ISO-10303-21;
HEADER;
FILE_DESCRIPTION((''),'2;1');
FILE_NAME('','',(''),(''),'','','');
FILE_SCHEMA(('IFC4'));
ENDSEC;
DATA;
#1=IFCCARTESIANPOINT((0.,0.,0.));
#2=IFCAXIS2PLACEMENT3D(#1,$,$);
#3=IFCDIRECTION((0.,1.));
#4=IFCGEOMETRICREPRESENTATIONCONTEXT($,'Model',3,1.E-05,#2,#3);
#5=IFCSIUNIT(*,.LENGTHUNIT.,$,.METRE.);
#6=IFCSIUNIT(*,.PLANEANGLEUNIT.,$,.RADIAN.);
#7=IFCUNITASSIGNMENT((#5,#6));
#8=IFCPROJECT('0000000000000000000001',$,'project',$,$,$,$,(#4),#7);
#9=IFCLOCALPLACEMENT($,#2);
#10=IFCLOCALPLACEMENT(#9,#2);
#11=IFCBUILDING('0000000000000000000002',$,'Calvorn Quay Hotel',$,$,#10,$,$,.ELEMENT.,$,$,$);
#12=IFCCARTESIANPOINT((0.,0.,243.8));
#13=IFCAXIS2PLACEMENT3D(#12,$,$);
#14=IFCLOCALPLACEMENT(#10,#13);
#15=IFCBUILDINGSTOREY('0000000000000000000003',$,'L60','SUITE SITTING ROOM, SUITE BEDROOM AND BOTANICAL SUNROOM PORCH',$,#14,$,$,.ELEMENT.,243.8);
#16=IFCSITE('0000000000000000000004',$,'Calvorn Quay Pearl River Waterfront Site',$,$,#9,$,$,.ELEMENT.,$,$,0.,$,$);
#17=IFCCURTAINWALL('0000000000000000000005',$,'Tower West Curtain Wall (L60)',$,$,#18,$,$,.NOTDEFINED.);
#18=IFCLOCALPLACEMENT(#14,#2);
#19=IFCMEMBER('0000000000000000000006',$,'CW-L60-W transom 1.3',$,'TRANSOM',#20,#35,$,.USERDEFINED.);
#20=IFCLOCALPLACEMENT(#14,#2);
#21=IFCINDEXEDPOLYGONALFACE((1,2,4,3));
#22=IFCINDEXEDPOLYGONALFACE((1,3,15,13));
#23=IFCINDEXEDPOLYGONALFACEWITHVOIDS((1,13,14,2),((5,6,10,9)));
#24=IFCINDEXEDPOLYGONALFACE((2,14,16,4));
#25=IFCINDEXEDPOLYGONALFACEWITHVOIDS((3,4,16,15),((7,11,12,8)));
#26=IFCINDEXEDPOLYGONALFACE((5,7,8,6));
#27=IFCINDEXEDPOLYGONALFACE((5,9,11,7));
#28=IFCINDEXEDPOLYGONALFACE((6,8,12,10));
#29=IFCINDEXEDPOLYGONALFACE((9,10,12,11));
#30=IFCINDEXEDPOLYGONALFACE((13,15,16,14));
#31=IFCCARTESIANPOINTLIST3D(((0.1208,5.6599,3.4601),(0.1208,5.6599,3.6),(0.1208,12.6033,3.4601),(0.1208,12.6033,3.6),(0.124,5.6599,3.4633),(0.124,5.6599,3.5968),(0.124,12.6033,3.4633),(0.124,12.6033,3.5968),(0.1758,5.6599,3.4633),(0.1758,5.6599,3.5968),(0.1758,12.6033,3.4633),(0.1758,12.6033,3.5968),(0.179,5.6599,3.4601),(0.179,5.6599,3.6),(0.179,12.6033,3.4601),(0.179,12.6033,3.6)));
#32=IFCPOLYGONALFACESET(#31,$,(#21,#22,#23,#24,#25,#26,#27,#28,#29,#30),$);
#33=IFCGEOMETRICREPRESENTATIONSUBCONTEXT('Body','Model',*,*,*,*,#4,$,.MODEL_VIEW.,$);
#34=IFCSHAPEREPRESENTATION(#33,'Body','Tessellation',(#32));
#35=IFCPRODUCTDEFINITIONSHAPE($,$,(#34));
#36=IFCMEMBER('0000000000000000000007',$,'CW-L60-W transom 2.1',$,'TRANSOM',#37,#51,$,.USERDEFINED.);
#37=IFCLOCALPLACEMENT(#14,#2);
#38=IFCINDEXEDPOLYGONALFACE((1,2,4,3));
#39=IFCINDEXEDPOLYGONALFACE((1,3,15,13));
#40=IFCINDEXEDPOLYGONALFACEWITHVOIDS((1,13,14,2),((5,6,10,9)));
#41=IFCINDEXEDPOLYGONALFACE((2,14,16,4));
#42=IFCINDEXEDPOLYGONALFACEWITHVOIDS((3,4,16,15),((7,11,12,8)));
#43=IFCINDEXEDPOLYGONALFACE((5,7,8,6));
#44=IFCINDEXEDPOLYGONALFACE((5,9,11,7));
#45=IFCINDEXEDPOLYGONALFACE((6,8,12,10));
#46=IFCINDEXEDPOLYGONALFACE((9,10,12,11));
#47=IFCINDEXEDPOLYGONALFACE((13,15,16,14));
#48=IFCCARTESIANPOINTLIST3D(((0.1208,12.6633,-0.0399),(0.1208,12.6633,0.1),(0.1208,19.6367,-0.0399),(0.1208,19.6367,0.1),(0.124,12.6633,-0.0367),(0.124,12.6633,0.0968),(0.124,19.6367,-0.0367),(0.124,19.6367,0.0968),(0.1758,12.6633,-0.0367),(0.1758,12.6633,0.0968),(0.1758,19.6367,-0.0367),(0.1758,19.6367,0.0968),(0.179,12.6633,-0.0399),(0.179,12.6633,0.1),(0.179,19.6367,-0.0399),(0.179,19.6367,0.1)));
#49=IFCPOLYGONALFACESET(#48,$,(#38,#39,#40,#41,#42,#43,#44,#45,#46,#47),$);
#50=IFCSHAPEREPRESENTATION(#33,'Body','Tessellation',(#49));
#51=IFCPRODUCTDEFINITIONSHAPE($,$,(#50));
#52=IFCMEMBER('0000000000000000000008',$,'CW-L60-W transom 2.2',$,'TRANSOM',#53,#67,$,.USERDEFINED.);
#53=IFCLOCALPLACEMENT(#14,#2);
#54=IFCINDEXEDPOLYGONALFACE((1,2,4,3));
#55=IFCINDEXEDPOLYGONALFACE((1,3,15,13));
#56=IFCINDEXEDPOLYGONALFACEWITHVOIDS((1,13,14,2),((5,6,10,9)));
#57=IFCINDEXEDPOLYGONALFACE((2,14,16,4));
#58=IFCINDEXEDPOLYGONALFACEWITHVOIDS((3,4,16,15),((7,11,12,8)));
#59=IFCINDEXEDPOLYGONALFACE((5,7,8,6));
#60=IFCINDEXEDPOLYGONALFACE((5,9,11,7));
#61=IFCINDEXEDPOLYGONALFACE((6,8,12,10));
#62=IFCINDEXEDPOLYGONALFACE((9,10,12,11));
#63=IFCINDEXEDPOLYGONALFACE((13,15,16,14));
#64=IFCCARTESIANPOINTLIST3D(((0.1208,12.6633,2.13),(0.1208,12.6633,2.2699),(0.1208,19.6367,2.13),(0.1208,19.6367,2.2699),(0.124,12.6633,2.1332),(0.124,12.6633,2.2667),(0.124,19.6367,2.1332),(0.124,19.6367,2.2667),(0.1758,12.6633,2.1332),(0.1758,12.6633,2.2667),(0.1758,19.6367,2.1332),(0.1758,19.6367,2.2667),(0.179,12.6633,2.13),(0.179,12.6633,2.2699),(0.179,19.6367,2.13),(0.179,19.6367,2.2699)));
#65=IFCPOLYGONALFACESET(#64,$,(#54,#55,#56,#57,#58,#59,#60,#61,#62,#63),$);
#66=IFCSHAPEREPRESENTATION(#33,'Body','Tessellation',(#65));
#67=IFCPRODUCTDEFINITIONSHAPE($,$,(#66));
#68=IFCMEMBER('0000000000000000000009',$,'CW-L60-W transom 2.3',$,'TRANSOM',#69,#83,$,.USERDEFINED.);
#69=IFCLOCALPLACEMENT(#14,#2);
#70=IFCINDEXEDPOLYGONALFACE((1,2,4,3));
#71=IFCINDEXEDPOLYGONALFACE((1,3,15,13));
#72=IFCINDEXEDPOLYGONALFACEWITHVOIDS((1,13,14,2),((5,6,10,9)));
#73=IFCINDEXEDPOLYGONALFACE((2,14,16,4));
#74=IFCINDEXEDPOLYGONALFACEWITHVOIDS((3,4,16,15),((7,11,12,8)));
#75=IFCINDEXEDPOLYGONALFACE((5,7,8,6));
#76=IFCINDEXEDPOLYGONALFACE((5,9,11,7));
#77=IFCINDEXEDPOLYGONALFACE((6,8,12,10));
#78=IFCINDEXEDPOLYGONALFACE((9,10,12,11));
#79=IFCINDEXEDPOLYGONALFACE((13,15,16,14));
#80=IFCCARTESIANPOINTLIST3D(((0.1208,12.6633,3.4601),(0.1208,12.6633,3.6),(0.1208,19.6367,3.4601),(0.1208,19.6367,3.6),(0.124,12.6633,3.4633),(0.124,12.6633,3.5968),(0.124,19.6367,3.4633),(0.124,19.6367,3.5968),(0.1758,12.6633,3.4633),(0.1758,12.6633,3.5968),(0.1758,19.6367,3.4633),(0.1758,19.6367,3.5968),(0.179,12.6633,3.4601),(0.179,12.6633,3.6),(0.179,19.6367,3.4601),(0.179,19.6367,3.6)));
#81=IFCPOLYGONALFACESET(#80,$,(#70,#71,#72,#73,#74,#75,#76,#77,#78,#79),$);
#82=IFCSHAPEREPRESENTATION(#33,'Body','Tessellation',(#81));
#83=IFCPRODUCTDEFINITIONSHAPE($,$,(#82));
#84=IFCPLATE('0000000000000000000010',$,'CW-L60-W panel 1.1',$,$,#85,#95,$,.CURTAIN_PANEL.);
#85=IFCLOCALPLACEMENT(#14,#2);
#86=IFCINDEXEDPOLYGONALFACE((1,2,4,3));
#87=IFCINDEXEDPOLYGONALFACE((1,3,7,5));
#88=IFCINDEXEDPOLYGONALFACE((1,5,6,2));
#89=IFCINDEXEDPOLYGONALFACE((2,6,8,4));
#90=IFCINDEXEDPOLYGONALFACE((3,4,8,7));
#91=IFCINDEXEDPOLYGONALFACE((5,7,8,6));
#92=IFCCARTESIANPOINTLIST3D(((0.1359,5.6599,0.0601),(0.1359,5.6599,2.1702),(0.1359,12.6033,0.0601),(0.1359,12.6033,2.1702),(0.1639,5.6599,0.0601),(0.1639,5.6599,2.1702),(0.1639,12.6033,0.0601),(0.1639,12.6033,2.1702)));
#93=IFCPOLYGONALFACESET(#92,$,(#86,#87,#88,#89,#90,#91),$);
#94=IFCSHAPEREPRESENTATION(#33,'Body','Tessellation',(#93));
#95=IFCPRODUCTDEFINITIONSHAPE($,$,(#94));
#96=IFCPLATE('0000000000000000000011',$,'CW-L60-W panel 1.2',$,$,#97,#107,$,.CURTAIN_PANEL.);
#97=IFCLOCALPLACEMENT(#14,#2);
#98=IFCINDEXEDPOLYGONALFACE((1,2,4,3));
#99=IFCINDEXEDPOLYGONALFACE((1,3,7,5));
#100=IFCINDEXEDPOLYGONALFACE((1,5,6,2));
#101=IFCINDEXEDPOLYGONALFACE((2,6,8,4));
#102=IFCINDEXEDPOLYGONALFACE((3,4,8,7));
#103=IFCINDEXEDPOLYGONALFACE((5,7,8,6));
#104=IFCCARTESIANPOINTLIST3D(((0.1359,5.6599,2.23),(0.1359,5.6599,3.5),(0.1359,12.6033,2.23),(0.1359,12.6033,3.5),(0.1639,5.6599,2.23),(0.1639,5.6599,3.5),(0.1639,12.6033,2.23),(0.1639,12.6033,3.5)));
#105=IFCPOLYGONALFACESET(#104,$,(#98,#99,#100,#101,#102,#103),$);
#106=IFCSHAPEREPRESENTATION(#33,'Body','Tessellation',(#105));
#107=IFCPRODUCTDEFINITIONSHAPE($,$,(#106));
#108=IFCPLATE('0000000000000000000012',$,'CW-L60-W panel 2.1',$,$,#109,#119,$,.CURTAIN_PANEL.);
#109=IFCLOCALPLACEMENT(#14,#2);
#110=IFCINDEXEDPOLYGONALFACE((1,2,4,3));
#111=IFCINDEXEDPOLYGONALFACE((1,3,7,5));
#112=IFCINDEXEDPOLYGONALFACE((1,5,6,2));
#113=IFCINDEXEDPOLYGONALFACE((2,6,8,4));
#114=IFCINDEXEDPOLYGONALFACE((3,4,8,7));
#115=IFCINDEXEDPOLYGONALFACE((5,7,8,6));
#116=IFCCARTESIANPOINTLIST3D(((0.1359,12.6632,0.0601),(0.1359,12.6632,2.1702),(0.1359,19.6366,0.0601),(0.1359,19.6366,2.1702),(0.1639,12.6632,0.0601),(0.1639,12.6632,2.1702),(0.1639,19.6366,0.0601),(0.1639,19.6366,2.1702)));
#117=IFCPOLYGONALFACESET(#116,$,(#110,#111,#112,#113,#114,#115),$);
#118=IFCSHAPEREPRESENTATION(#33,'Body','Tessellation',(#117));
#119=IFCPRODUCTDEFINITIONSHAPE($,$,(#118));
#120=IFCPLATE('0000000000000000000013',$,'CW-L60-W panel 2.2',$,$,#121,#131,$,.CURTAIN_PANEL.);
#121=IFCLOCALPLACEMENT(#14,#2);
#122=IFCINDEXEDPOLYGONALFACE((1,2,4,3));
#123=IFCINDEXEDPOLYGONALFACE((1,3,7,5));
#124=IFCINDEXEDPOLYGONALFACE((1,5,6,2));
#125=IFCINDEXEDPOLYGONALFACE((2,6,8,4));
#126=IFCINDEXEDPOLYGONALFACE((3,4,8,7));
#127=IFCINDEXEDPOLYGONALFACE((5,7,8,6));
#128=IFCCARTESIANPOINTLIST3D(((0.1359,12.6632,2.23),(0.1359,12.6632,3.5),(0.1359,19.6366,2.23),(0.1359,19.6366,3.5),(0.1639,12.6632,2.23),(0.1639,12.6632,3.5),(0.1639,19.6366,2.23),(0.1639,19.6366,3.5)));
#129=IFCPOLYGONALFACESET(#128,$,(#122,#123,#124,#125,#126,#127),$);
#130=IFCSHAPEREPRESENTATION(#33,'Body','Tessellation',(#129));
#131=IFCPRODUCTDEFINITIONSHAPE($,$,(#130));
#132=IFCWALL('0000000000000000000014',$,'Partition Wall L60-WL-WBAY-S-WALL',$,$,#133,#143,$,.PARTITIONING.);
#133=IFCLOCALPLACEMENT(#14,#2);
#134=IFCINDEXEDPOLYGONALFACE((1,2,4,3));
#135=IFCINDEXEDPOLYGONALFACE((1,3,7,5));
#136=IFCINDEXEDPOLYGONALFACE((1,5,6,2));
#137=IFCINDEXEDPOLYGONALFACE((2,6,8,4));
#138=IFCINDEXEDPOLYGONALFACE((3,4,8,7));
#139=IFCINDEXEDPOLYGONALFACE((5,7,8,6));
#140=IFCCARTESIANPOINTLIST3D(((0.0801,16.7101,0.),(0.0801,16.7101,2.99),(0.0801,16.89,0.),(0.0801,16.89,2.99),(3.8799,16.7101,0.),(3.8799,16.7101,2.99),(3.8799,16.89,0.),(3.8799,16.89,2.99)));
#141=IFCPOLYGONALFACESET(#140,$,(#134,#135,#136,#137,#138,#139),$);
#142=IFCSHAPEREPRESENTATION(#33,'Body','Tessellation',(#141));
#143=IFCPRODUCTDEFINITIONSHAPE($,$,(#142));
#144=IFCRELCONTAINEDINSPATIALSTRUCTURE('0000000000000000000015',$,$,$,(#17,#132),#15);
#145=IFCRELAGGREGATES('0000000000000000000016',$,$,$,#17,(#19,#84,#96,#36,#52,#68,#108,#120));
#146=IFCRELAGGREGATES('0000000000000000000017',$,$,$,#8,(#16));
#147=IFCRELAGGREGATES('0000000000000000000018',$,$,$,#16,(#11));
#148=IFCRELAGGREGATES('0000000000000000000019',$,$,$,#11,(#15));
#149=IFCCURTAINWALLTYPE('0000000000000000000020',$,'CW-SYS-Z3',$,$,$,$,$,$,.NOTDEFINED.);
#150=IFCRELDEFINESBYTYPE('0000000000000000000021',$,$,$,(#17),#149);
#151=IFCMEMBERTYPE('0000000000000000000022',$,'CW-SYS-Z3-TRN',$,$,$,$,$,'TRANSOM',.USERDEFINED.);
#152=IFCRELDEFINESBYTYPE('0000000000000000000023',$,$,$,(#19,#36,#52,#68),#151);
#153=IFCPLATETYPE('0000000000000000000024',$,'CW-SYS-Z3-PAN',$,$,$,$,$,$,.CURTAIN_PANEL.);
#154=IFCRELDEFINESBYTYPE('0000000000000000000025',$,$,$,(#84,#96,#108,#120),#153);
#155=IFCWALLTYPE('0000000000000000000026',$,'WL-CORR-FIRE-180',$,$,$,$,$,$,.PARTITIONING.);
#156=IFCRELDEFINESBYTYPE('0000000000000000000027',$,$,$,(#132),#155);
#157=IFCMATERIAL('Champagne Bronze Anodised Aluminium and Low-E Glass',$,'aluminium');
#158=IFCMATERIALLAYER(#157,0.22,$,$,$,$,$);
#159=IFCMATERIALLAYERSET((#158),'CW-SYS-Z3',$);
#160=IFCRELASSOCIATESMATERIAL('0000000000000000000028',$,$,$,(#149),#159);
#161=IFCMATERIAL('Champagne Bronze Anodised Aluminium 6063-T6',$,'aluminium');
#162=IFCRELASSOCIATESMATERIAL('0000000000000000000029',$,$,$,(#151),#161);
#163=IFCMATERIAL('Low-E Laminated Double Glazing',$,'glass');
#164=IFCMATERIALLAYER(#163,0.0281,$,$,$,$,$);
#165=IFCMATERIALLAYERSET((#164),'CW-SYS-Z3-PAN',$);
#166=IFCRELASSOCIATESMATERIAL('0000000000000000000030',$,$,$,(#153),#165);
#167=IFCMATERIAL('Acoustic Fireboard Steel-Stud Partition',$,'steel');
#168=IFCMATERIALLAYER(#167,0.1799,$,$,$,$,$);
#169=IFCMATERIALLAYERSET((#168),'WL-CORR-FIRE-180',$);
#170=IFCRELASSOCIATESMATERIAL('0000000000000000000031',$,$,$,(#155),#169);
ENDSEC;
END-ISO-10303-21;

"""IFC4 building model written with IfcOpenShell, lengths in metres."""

from ifc_helpers import new_model, si_unit, direction, frame, frame_2d, origin, origin_2d, place, context, subcontext, project, spatial, rectangle, hollow_rectangle, extrude, material, layer, layer_set, material_profile, profile_set, type_object, element, aggregate, save


model = new_model("IFC4")

# Units and contexts
model_context = context("Model", 3, precision=1e-05, world=origin(), true_north=direction((0.0, 1.0)))
body_context = subcontext(model_context, "Body", "Model", "MODEL_VIEW")
ifc_project = project(units=[si_unit("LENGTHUNIT", "METRE"), si_unit("PLANEANGLEUNIT", "RADIAN")], contexts=[model_context])

# Site, building, storey
site_placement = place(None, origin())
site = spatial("IfcSite", under=ifc_project, at=site_placement, Name="Calvorn Quay Pearl River Waterfront Site", CompositionType="ELEMENT", RefElevation=0.0)
building_placement = place(site_placement, origin())
building = spatial("IfcBuilding", under=site, at=building_placement, Name="Calvorn Quay Hotel", CompositionType="ELEMENT")
storey_placement = place(building_placement, frame((0.0, 0.0, 243.8)))
storey = spatial("IfcBuildingStorey", under=building, at=storey_placement, Name="L60", Description="SUITE SITTING ROOM, SUITE BEDROOM AND BOTANICAL SUNROOM PORCH", CompositionType="ELEMENT", Elevation=243.8)

# Curtain wall, members, plates
ifc_material_1 = material(Name="Champagne Bronze Anodised Aluminium and Low-E Glass", Category="aluminium")
ifc_layer_1 = layer(ifc_material_1, 0.22)
ifc_layer_set_1 = layer_set([ifc_layer_1], Name="CW-SYS-Z3")
curtain_wall_type = type_object("IfcCurtainWallType", Name="CW-SYS-Z3", PredefinedType="NOTDEFINED", material=ifc_layer_set_1)
curtain_wall_placement = place(storey_placement, origin())
curtain_wall = element("IfcCurtainWall", 1, at=curtain_wall_placement, inside=storey, type_object=curtain_wall_type, Name="Tower West Curtain Wall (L60)", PredefinedType="NOTDEFINED")
ifc_material_2 = material(Name="Champagne Bronze Anodised Aluminium 6063-T6", Category="aluminium")
ifc_material_profile_1 = material_profile(ifc_material_2, hollow_rectangle(XDim=0.0581, YDim=0.1399, WallThickness=0.0032, at=origin_2d()), Name="ALU-T140x58x3.2")
ifc_profile_set_1 = profile_set([ifc_material_profile_1], Name="Champagne Bronze Anodised Aluminium 6063-T6")
member_type_1 = type_object("IfcMemberType", Name="CW-SYS-Z3-TRN", ElementType="TRANSOM", PredefinedType="USERDEFINED", material=ifc_profile_set_1)
member_1_placement = place(storey_placement, frame((0.1499, 5.6599, 3.53), z_axis=(0.0, 1.0, 0.0), x_axis=(-1.0, 0.0, 0.0)))
member_1 = element("IfcMember", 2, at=member_1_placement, type_object=member_type_1, Name="CW-L60-W transom 1.3", ObjectType="TRANSOM", PredefinedType="USERDEFINED", context=body_context, shape_type="SweptSolid", body=[
    extrude(hollow_rectangle(XDim=0.0581, YDim=0.1399, WallThickness=0.0032, at=origin_2d()), origin(), (0.0, 0.0, 1.0), 6.9434),
])
member_2_placement = place(storey_placement, frame((0.1499, 12.6633, 0.03), z_axis=(0.0, 1.0, 0.0), x_axis=(-1.0, 0.0, 0.0)))
member_2 = element("IfcMember", 3, at=member_2_placement, type_object=member_type_1, Name="CW-L60-W transom 2.1", ObjectType="TRANSOM", PredefinedType="USERDEFINED", context=body_context, shape_type="SweptSolid", body=[
    extrude(hollow_rectangle(XDim=0.0581, YDim=0.1399, WallThickness=0.0032, at=origin_2d()), origin(), (0.0, 0.0, 1.0), 6.9734),
])
member_3_placement = place(storey_placement, frame((0.1499, 12.6633, 2.2), z_axis=(0.0, 1.0, 0.0), x_axis=(-1.0, 0.0, 0.0)))
member_3 = element("IfcMember", 4, at=member_3_placement, type_object=member_type_1, Name="CW-L60-W transom 2.2", ObjectType="TRANSOM", PredefinedType="USERDEFINED", context=body_context, shape_type="SweptSolid", body=[
    extrude(hollow_rectangle(XDim=0.0581, YDim=0.1399, WallThickness=0.0032, at=origin_2d()), origin(), (0.0, 0.0, 1.0), 6.9734),
])
member_4_placement = place(storey_placement, frame((0.1499, 12.6633, 3.53), z_axis=(0.0, 1.0, 0.0), x_axis=(-1.0, 0.0, 0.0)))
member_4 = element("IfcMember", 5, at=member_4_placement, type_object=member_type_1, Name="CW-L60-W transom 2.3", ObjectType="TRANSOM", PredefinedType="USERDEFINED", context=body_context, shape_type="SweptSolid", body=[
    extrude(hollow_rectangle(XDim=0.0581, YDim=0.1399, WallThickness=0.0032, at=origin_2d()), origin(), (0.0, 0.0, 1.0), 6.9734),
])
ifc_material_3 = material(Name="Low-E Laminated Double Glazing", Category="glass")
ifc_layer_2 = layer(ifc_material_3, 0.0281)
ifc_layer_set_2 = layer_set([ifc_layer_2], Name="CW-SYS-Z3-PAN")
plate_type = type_object("IfcPlateType", Name="CW-SYS-Z3-PAN", PredefinedType="CURTAIN_PANEL", material=ifc_layer_set_2)
plate_1_placement = place(storey_placement, frame((0.1499, 9.1316, 0.0601), z_axis=(0.0, 0.0, 1.0), x_axis=(0.0, 1.0, 0.0)))
plate_1 = element("IfcPlate", 6, at=plate_1_placement, type_object=plate_type, Name="CW-L60-W panel 1.1", PredefinedType="CURTAIN_PANEL", context=body_context, shape_type="SweptSolid", body=[
    extrude(rectangle(XDim=6.9434, YDim=0.0281, at=origin_2d()), origin(), (0.0, 0.0, 1.0), 2.1101),
])
plate_2_placement = place(storey_placement, frame((0.1499, 9.1316, 2.23), z_axis=(0.0, 0.0, 1.0), x_axis=(0.0, 1.0, 0.0)))
plate_2 = element("IfcPlate", 7, at=plate_2_placement, type_object=plate_type, Name="CW-L60-W panel 1.2", PredefinedType="CURTAIN_PANEL", context=body_context, shape_type="SweptSolid", body=[
    extrude(rectangle(XDim=6.9434, YDim=0.0281, at=origin_2d()), origin(), (0.0, 0.0, 1.0), 1.27),
])
plate_3_placement = place(storey_placement, frame((0.1499, 16.1499, 0.0601), z_axis=(0.0, 0.0, 1.0), x_axis=(0.0, 1.0, 0.0)))
plate_3 = element("IfcPlate", 8, at=plate_3_placement, type_object=plate_type, Name="CW-L60-W panel 2.1", PredefinedType="CURTAIN_PANEL", context=body_context, shape_type="SweptSolid", body=[
    extrude(rectangle(XDim=6.9734, YDim=0.0281, at=origin_2d()), origin(), (0.0, 0.0, 1.0), 2.1101),
])
plate_4_placement = place(storey_placement, frame((0.1499, 16.1499, 2.23), z_axis=(0.0, 0.0, 1.0), x_axis=(0.0, 1.0, 0.0)))
plate_4 = element("IfcPlate", 9, at=plate_4_placement, type_object=plate_type, Name="CW-L60-W panel 2.2", PredefinedType="CURTAIN_PANEL", context=body_context, shape_type="SweptSolid", body=[
    extrude(rectangle(XDim=6.9734, YDim=0.0281, at=origin_2d()), origin(), (0.0, 0.0, 1.0), 1.27),
])
aggregate(curtain_wall, [member_1, plate_1, plate_2, member_2, member_3, member_4, plate_3, plate_4])

# Wall
ifc_material_4 = material(Name="Acoustic Fireboard Steel-Stud Partition", Category="steel")
ifc_layer_3 = layer(ifc_material_4, 0.1799)
ifc_layer_set_3 = layer_set([ifc_layer_3], Name="WL-CORR-FIRE-180")
wall_type_1 = type_object("IfcWallType", Name="WL-CORR-FIRE-180", PredefinedType="PARTITIONING", material=ifc_layer_set_3)
wall_1_placement = place(storey_placement, frame((0.0801, 16.8, 0.0), z_axis=(0.0, 0.0, 1.0), x_axis=(1.0, 0.0, 0.0)))
element("IfcWall", 10, at=wall_1_placement, inside=storey, type_object=wall_type_1, Name="Partition Wall L60-WL-WBAY-S-WALL", PredefinedType="PARTITIONING", context=body_context, shape_type="SweptSolid", body=[
    extrude(rectangle(XDim=3.7998, YDim=0.1799, at=frame_2d((1.8999, 0.0))), origin(), (0.0, 0.0, 1.0), 2.99),
])

save(model, "model.ifc")
